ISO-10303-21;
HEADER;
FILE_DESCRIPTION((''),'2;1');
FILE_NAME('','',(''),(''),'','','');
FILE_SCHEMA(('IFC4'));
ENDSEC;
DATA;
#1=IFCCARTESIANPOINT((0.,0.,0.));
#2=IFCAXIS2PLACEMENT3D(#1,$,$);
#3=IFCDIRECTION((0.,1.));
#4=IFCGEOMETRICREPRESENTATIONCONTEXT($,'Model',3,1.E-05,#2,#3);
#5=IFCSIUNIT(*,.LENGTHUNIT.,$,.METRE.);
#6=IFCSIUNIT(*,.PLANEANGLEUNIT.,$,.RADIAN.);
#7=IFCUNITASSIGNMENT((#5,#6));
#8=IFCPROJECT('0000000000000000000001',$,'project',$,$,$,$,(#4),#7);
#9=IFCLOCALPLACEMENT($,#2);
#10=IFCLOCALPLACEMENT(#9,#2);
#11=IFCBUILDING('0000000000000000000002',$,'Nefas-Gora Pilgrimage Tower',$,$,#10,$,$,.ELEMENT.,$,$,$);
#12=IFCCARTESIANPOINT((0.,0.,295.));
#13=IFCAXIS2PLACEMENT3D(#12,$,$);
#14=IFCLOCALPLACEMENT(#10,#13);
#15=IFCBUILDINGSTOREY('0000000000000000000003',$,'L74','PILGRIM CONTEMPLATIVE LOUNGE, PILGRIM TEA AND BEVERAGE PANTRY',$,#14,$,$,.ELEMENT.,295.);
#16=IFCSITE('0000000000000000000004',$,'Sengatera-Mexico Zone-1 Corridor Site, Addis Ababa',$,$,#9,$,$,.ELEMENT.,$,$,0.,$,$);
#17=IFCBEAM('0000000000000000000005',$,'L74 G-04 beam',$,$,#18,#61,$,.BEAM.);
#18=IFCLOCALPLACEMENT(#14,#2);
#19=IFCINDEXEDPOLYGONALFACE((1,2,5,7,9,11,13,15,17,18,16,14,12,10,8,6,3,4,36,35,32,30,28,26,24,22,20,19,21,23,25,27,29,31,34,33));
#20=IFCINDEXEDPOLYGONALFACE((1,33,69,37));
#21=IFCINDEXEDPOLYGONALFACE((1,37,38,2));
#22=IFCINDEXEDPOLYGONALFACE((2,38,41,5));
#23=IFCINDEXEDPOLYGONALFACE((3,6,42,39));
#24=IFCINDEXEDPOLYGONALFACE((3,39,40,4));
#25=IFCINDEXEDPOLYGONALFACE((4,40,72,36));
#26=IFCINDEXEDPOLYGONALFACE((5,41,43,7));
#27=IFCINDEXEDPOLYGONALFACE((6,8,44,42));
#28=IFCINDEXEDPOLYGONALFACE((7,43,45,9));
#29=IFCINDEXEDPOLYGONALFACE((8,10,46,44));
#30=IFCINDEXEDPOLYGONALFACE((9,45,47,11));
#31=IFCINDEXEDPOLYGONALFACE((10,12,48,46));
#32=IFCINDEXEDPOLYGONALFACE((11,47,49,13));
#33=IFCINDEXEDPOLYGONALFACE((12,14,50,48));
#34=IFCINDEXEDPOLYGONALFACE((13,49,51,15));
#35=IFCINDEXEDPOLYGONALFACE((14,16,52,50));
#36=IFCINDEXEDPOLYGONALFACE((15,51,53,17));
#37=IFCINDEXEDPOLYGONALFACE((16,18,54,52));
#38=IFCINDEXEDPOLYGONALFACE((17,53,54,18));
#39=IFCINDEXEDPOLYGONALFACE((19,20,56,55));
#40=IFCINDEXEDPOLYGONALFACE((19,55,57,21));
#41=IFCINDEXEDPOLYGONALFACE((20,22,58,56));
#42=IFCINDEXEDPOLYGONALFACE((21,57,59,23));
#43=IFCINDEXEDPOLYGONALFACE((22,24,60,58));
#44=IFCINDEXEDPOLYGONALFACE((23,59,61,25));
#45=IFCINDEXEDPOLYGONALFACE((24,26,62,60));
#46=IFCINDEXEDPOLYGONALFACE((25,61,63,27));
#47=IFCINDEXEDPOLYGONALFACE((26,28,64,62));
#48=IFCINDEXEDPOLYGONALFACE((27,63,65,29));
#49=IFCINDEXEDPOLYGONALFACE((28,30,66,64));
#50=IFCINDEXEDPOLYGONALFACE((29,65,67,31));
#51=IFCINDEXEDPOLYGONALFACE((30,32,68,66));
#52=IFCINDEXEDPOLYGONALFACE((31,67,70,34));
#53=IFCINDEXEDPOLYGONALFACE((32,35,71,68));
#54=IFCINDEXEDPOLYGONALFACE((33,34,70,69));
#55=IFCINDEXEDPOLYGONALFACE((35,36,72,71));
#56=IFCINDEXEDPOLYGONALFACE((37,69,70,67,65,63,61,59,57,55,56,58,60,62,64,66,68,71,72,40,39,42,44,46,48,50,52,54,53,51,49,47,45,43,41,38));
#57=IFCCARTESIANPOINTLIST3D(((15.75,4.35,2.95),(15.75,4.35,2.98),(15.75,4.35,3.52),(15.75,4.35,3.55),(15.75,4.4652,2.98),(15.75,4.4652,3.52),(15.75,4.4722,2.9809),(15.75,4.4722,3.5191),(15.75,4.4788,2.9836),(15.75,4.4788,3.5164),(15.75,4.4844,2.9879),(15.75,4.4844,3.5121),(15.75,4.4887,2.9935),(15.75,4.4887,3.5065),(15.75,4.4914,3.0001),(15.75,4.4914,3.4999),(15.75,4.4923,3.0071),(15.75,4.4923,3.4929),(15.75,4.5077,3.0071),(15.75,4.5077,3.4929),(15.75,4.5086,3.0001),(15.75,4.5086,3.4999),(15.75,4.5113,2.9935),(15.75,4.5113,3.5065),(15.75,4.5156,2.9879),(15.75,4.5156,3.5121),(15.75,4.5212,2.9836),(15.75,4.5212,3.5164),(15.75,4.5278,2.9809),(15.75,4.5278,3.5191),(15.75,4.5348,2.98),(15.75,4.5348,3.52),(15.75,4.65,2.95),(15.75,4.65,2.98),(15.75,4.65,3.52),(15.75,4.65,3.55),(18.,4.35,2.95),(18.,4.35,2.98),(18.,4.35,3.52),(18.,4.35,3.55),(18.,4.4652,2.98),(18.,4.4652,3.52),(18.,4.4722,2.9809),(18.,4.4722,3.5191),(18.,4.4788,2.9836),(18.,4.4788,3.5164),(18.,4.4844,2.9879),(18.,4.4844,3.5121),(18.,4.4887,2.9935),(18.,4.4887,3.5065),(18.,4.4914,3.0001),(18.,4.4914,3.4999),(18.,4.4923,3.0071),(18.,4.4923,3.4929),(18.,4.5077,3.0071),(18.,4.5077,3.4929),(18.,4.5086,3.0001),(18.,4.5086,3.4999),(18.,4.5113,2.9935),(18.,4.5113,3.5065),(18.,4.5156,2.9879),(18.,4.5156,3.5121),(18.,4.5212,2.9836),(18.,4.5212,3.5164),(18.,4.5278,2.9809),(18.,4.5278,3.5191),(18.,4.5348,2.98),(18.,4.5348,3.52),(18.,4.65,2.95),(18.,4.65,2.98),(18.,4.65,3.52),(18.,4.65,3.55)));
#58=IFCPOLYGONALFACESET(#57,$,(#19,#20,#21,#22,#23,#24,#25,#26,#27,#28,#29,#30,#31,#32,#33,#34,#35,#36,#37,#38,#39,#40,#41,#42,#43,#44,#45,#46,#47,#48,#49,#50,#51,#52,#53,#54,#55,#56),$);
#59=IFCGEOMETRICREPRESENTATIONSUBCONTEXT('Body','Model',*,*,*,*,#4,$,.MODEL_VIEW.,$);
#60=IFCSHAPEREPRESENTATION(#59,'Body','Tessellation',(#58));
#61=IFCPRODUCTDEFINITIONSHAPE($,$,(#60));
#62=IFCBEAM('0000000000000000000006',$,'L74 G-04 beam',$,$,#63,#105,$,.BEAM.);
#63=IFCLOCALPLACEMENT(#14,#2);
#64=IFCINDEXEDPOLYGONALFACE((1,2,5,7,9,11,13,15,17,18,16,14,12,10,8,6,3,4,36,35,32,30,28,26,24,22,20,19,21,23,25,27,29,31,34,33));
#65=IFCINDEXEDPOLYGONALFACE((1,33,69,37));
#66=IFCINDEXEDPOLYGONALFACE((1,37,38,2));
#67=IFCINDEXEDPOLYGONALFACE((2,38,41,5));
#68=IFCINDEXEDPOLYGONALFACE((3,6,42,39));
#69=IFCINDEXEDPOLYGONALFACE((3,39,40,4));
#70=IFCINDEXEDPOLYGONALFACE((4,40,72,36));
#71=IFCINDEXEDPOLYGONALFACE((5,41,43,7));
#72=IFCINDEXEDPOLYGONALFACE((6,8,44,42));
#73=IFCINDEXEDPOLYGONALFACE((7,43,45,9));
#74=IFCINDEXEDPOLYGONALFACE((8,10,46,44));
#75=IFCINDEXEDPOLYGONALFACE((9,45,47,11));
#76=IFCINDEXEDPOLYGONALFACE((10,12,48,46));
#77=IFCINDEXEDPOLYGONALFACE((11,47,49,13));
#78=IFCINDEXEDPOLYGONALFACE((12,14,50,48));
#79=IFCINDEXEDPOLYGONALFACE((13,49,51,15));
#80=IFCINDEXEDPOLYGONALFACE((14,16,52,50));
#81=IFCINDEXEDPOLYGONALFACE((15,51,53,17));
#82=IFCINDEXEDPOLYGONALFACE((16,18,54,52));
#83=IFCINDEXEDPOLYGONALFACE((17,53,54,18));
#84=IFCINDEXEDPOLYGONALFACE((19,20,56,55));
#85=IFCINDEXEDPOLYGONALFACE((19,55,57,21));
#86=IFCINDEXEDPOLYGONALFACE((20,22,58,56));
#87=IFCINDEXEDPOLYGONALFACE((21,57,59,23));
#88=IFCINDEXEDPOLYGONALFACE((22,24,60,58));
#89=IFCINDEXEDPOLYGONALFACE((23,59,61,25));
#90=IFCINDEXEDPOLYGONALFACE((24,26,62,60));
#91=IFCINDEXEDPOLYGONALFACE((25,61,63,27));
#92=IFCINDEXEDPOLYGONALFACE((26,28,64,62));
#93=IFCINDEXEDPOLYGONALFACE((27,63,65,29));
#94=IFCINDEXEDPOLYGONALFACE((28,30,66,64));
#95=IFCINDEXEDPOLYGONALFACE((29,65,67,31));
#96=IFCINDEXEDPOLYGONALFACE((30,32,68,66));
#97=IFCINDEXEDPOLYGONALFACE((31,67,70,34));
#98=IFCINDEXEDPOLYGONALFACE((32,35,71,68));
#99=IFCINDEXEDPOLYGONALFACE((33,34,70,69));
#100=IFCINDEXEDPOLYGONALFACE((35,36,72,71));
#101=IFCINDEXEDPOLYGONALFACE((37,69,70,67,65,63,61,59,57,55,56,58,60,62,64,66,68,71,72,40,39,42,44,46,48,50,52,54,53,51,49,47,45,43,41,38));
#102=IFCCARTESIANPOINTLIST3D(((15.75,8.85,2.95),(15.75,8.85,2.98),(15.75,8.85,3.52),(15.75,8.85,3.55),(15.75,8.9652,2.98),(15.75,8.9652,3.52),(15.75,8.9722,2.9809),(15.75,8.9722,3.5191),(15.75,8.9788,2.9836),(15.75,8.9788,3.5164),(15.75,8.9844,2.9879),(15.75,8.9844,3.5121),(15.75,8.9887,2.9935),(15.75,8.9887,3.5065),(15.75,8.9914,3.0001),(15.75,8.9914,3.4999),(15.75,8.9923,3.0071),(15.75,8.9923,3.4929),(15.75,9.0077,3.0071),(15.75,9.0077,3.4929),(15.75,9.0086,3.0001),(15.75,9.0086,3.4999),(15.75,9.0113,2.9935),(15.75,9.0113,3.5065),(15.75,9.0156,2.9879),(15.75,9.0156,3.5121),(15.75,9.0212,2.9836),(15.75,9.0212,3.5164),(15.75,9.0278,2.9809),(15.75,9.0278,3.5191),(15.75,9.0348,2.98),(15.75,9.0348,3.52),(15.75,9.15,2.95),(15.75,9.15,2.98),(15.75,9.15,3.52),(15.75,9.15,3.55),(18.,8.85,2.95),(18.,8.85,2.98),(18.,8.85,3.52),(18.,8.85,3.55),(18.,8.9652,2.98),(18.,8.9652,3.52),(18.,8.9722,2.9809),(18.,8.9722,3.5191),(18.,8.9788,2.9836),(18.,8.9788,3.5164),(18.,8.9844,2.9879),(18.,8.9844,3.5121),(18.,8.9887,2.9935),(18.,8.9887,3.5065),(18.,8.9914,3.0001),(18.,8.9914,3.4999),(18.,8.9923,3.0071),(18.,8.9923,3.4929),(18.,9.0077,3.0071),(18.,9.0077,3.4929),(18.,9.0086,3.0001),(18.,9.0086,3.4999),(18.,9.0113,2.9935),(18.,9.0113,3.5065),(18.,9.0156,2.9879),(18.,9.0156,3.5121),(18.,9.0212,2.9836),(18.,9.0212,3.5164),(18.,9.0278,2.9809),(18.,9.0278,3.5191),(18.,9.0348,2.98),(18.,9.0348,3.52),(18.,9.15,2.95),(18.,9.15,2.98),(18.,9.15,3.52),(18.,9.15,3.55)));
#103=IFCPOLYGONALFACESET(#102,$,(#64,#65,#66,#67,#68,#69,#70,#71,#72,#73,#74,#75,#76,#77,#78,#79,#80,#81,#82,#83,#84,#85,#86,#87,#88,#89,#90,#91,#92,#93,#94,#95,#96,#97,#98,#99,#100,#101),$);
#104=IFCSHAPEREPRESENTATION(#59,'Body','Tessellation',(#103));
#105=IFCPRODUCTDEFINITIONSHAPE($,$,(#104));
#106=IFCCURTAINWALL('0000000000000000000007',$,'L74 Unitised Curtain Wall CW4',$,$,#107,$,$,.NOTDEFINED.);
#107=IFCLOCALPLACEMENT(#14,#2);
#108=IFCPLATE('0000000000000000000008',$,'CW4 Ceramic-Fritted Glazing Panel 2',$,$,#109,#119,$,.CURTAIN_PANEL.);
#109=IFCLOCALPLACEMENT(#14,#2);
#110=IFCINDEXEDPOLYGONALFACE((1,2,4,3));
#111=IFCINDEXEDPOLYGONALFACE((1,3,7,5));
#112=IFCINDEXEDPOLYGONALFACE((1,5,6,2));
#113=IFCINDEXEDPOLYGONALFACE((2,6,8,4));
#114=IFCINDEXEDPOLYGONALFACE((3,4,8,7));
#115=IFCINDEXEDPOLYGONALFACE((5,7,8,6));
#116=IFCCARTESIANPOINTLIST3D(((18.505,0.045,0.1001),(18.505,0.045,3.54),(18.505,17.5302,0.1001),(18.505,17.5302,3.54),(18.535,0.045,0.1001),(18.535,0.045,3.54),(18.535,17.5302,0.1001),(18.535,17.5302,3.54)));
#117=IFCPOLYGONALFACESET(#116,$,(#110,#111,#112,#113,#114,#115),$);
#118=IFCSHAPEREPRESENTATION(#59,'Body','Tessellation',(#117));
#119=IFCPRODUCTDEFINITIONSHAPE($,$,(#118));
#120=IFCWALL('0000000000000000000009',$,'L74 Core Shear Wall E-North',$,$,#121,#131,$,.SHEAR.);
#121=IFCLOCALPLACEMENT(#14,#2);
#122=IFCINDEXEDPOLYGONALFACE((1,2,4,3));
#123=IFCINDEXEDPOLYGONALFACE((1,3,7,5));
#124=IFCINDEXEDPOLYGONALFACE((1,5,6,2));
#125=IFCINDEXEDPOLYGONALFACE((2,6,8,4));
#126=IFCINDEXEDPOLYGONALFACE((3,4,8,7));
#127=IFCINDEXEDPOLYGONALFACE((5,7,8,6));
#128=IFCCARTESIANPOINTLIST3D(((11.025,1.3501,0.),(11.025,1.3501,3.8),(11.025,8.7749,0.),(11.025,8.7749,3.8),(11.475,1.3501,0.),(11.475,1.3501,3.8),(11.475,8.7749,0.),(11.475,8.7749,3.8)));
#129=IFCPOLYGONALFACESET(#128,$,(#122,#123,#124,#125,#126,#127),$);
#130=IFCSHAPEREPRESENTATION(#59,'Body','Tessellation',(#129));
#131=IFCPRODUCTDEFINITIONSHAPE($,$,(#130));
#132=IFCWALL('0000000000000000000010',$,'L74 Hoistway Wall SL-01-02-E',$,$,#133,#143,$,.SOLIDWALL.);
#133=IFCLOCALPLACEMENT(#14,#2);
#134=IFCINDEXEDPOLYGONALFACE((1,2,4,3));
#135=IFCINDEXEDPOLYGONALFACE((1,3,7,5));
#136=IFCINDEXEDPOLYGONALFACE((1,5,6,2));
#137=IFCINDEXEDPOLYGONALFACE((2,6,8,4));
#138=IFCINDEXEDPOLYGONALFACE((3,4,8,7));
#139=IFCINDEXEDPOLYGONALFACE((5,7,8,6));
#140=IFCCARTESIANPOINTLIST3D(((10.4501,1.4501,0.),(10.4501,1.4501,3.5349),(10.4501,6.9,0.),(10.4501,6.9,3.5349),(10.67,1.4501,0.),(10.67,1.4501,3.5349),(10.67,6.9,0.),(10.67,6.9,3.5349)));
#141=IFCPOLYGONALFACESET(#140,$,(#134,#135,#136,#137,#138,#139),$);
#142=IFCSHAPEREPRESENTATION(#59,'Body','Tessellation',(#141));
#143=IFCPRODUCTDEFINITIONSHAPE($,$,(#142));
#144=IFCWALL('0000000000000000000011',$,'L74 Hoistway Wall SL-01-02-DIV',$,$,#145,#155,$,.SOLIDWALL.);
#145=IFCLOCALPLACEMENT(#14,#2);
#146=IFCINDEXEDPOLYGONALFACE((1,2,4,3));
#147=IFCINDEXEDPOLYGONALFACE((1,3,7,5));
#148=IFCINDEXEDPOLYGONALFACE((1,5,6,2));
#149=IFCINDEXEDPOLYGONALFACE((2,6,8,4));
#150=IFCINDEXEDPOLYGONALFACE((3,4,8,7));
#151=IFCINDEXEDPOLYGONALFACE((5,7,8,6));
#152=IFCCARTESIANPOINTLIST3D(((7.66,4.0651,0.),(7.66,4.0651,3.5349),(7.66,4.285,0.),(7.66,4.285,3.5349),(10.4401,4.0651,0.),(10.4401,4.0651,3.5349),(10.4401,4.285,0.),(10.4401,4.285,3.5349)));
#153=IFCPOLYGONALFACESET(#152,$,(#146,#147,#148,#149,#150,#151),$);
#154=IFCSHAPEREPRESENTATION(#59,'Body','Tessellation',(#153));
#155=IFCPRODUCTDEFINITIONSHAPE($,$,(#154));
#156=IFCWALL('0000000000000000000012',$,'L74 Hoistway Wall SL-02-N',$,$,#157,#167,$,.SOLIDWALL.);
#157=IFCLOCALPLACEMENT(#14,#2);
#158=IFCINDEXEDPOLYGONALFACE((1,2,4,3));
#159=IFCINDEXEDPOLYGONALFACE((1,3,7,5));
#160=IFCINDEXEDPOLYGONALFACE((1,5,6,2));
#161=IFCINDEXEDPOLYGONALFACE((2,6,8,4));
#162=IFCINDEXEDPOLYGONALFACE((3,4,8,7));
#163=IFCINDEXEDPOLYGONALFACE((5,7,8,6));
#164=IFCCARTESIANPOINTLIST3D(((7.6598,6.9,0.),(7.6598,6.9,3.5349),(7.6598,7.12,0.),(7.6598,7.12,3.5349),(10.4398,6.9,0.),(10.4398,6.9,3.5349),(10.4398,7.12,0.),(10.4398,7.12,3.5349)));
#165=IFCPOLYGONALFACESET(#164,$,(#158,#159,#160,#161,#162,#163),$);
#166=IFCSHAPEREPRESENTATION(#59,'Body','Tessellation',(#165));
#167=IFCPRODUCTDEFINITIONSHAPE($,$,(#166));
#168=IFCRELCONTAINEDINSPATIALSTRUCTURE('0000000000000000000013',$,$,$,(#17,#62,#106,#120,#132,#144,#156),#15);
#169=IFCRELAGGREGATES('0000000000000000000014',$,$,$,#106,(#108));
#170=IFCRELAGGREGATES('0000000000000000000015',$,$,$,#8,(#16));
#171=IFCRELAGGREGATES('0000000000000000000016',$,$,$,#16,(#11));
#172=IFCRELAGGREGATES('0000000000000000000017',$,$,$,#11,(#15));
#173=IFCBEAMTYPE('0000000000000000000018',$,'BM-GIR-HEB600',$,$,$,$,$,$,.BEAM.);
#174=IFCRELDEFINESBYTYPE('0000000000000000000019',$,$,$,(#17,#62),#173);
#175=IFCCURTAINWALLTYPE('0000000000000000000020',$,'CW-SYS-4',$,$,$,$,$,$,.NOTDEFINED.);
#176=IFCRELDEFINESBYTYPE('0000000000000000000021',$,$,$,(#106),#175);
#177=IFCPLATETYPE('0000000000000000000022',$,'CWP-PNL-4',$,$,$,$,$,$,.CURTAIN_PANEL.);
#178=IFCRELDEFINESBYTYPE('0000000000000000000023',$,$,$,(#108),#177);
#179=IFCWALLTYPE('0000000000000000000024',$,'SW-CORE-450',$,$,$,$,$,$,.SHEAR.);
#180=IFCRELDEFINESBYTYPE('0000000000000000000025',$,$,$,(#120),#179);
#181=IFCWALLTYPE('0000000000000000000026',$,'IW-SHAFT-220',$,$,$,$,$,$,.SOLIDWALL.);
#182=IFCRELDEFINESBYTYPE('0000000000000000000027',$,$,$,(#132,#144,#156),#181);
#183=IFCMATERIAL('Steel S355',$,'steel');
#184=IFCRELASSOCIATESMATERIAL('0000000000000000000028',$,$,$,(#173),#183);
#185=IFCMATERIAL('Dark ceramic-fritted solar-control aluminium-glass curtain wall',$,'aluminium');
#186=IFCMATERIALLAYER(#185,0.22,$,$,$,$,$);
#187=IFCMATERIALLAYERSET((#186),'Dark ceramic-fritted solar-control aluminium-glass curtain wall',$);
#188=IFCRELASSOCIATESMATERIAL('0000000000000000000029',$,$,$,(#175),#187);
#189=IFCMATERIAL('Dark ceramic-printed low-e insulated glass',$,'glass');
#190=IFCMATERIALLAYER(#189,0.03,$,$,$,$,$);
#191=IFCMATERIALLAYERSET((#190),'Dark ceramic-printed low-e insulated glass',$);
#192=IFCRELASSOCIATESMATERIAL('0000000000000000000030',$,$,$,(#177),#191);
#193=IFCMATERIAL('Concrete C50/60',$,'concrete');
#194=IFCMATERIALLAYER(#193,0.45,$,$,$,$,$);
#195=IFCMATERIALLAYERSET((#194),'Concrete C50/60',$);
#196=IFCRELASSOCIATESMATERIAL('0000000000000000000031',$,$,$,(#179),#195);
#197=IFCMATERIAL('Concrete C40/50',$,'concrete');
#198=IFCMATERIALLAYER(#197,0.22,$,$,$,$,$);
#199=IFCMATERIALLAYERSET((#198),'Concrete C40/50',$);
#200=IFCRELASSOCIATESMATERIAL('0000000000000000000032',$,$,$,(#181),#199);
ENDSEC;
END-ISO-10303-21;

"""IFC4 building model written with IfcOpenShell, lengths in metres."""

from ifc_helpers import new_model, si_unit, direction, frame, frame_2d, origin, origin_2d, place, context, subcontext, project, spatial, rectangle, i_section, extrude, source, transform, mapped, material, layer, layer_set, material_profile, profile_set, type_object, element, aggregate, save


model = new_model("IFC4")

# Units and contexts
model_context = context("Model", 3, precision=1e-05, world=origin(), true_north=direction((0.0, 1.0)))
body_context = subcontext(model_context, "Body", "Model", "MODEL_VIEW")
ifc_project = project(units=[si_unit("LENGTHUNIT", "METRE"), si_unit("PLANEANGLEUNIT", "RADIAN")], contexts=[model_context])

# Site, building, storey
site_placement = place(None, origin())
site = spatial("IfcSite", under=ifc_project, at=site_placement, Name="Sengatera-Mexico Zone-1 Corridor Site, Addis Ababa", CompositionType="ELEMENT", RefElevation=0.0)
building_placement = place(site_placement, origin())
building = spatial("IfcBuilding", under=site, at=building_placement, Name="Nefas-Gora Pilgrimage Tower", CompositionType="ELEMENT")
storey_placement = place(building_placement, frame((0.0, 0.0, 295.0)))
storey = spatial("IfcBuildingStorey", under=building, at=storey_placement, Name="L74", Description="PILGRIM CONTEMPLATIVE LOUNGE, PILGRIM TEA AND BEVERAGE PANTRY", CompositionType="ELEMENT", Elevation=295.0)

# Shared definitions
ifc_material_1 = material(Name="Steel S355", Category="steel")

# Beams
ifc_material_profile_1 = material_profile(ifc_material_1, i_section(OverallWidth=0.3, OverallDepth=0.6001, WebThickness=0.0154, FlangeThickness=0.03, FilletRadius=0.0271, at=origin_2d()), Name="HEB 600")
ifc_profile_set_1 = profile_set([ifc_material_profile_1], Name="Steel S355")
beam_type_1 = type_object("IfcBeamType", Name="BM-GIR-HEB600", PredefinedType="BEAM", material=ifc_profile_set_1)
shared_shape_1 = source(origin(), body_context, "Body", "SweptSolid", [
    extrude(i_section(OverallWidth=0.3, OverallDepth=0.6001, WebThickness=0.0154, FlangeThickness=0.03, FilletRadius=0.0271, at=origin_2d()), origin(), (0.0, 0.0, 1.0), 2.25),
])
for number, where, z_axis, x_axis, name in (
    (1, (15.75, 4.5, 3.25), (1.0, 0.0, 0.0), (0.0, 1.0, 0.0), "L74 G-04 beam"),
    (2, (15.75, 9.0, 3.25), (1.0, 0.0, 0.0), (0.0, 1.0, 0.0), "L74 G-04 beam"),
):
    element("IfcBeam", number, at=place(storey_placement, frame(where, z_axis=z_axis, x_axis=x_axis)), inside=storey, type_object=beam_type_1, Name=name, PredefinedType="BEAM", context=body_context, shape_type="MappedRepresentation", body=[
        mapped(shared_shape_1, transform((0.0, 0.0, 0.0), x_axis=(1.0, 0.0, 0.0), y_axis=(0.0, 1.0, 0.0), z_axis=(0.0, 0.0, 1.0), scale=1.0)),
    ])

# Curtain wall, plate
ifc_material_2 = material(Name="Dark ceramic-fritted solar-control aluminium-glass curtain wall", Category="aluminium")
ifc_layer_1 = layer(ifc_material_2, 0.22)
ifc_layer_set_1 = layer_set([ifc_layer_1], Name="Dark ceramic-fritted solar-control aluminium-glass curtain wall")
curtain_wall_type = type_object("IfcCurtainWallType", Name="CW-SYS-4", PredefinedType="NOTDEFINED", material=ifc_layer_set_1)
curtain_wall_placement = place(storey_placement, origin())
curtain_wall = element("IfcCurtainWall", 3, at=curtain_wall_placement, inside=storey, type_object=curtain_wall_type, Name="L74 Unitised Curtain Wall CW4", PredefinedType="NOTDEFINED")
ifc_material_3 = material(Name="Dark ceramic-printed low-e insulated glass", Category="glass")
ifc_layer_2 = layer(ifc_material_3, 0.03)
ifc_layer_set_2 = layer_set([ifc_layer_2], Name="Dark ceramic-printed low-e insulated glass")
plate_type = type_object("IfcPlateType", Name="CWP-PNL-4", PredefinedType="CURTAIN_PANEL", material=ifc_layer_set_2)
shared_shape_2 = source(origin(), body_context, "Body", "SweptSolid", [
    extrude(rectangle(XDim=17.4851, YDim=0.03, at=origin_2d()), origin(), (0.0, 0.0, 1.0), 3.4399),
])
plate_placement = place(storey_placement, frame((18.52, 8.7876, 0.1001), z_axis=(0.0, 0.0, 1.0), x_axis=(0.0, 1.0, 0.0)))
plate = element("IfcPlate", 4, at=plate_placement, type_object=plate_type, Name="CW4 Ceramic-Fritted Glazing Panel 2", PredefinedType="CURTAIN_PANEL", context=body_context, shape_type="MappedRepresentation", body=[
    mapped(shared_shape_2, transform((0.0, 0.0, 0.0), x_axis=(1.0, 0.0, 0.0), y_axis=(0.0, 1.0, 0.0), z_axis=(0.0, 0.0, 1.0), scale=1.0)),
])
aggregate(curtain_wall, [plate])

# Walls
ifc_material_4 = material(Name="Concrete C50/60", Category="concrete")
ifc_layer_3 = layer(ifc_material_4, 0.45)
ifc_layer_set_3 = layer_set([ifc_layer_3], Name="Concrete C50/60")
wall_type_1 = type_object("IfcWallType", Name="SW-CORE-450", PredefinedType="SHEAR", material=ifc_layer_set_3)
shared_shape_3 = source(origin(), body_context, "Body", "SweptSolid", [
    extrude(rectangle(XDim=7.4248, YDim=0.45, at=frame_2d((3.7124, 0.0))), origin(), (0.0, 0.0, 1.0), 3.8),
])
wall_1_placement = place(storey_placement, frame((11.25, 1.3501, 0.0), z_axis=(0.0, 0.0, 1.0), x_axis=(0.0, 1.0, 0.0)))
element("IfcWall", 5, at=wall_1_placement, inside=storey, type_object=wall_type_1, Name="L74 Core Shear Wall E-North", PredefinedType="SHEAR", context=body_context, shape_type="MappedRepresentation", body=[
    mapped(shared_shape_3, transform((0.0, 0.0, 0.0), x_axis=(1.0, 0.0, 0.0), y_axis=(0.0, 1.0, 0.0), z_axis=(0.0, 0.0, 1.0), scale=1.0)),
])
ifc_material_5 = material(Name="Concrete C40/50", Category="concrete")
ifc_layer_4 = layer(ifc_material_5, 0.22)
ifc_layer_set_4 = layer_set([ifc_layer_4], Name="Concrete C40/50")
wall_type_2 = type_object("IfcWallType", Name="IW-SHAFT-220", PredefinedType="SOLIDWALL", material=ifc_layer_set_4)
shared_shape_4 = source(origin(), body_context, "Body", "SweptSolid", [
    extrude(rectangle(XDim=5.45, YDim=0.22, at=frame_2d((2.7251, 0.0))), origin(), (0.0, 0.0, 1.0), 3.5349),
])
wall_2_placement = place(storey_placement, frame((10.5601, 1.45, 0.0), z_axis=(0.0, 0.0, 1.0), x_axis=(0.0, 1.0, 0.0)))
element("IfcWall", 6, at=wall_2_placement, inside=storey, type_object=wall_type_2, Name="L74 Hoistway Wall SL-01-02-E", PredefinedType="SOLIDWALL", context=body_context, shape_type="MappedRepresentation", body=[
    mapped(shared_shape_4, transform((0.0, 0.0, 0.0), x_axis=(1.0, 0.0, 0.0), y_axis=(0.0, 1.0, 0.0), z_axis=(0.0, 0.0, 1.0), scale=1.0)),
])
shared_shape_5 = source(origin(), body_context, "Body", "SweptSolid", [
    extrude(rectangle(XDim=2.78, YDim=0.22, at=frame_2d((1.3901, 0.0))), origin(), (0.0, 0.0, 1.0), 3.5349),
])
for number, where, z_axis, x_axis, name in (
    (7, (7.6599, 4.175, 0.0), (0.0, 0.0, 1.0), (1.0, 0.0, 0.0), "L74 Hoistway Wall SL-01-02-DIV"),
    (8, (10.4399, 7.01, 0.0), (0.0, 0.0, 1.0), (-1.0, 0.0, 0.0), "L74 Hoistway Wall SL-02-N"),
):
    element("IfcWall", number, at=place(storey_placement, frame(where, z_axis=z_axis, x_axis=x_axis)), inside=storey, type_object=wall_type_2, Name=name, PredefinedType="SOLIDWALL", context=body_context, shape_type="MappedRepresentation", body=[
        mapped(shared_shape_5, transform((0.0, 0.0, 0.0), x_axis=(1.0, 0.0, 0.0), y_axis=(0.0, 1.0, 0.0), z_axis=(0.0, 0.0, 1.0), scale=1.0)),
    ])

save(model, "model.ifc")
